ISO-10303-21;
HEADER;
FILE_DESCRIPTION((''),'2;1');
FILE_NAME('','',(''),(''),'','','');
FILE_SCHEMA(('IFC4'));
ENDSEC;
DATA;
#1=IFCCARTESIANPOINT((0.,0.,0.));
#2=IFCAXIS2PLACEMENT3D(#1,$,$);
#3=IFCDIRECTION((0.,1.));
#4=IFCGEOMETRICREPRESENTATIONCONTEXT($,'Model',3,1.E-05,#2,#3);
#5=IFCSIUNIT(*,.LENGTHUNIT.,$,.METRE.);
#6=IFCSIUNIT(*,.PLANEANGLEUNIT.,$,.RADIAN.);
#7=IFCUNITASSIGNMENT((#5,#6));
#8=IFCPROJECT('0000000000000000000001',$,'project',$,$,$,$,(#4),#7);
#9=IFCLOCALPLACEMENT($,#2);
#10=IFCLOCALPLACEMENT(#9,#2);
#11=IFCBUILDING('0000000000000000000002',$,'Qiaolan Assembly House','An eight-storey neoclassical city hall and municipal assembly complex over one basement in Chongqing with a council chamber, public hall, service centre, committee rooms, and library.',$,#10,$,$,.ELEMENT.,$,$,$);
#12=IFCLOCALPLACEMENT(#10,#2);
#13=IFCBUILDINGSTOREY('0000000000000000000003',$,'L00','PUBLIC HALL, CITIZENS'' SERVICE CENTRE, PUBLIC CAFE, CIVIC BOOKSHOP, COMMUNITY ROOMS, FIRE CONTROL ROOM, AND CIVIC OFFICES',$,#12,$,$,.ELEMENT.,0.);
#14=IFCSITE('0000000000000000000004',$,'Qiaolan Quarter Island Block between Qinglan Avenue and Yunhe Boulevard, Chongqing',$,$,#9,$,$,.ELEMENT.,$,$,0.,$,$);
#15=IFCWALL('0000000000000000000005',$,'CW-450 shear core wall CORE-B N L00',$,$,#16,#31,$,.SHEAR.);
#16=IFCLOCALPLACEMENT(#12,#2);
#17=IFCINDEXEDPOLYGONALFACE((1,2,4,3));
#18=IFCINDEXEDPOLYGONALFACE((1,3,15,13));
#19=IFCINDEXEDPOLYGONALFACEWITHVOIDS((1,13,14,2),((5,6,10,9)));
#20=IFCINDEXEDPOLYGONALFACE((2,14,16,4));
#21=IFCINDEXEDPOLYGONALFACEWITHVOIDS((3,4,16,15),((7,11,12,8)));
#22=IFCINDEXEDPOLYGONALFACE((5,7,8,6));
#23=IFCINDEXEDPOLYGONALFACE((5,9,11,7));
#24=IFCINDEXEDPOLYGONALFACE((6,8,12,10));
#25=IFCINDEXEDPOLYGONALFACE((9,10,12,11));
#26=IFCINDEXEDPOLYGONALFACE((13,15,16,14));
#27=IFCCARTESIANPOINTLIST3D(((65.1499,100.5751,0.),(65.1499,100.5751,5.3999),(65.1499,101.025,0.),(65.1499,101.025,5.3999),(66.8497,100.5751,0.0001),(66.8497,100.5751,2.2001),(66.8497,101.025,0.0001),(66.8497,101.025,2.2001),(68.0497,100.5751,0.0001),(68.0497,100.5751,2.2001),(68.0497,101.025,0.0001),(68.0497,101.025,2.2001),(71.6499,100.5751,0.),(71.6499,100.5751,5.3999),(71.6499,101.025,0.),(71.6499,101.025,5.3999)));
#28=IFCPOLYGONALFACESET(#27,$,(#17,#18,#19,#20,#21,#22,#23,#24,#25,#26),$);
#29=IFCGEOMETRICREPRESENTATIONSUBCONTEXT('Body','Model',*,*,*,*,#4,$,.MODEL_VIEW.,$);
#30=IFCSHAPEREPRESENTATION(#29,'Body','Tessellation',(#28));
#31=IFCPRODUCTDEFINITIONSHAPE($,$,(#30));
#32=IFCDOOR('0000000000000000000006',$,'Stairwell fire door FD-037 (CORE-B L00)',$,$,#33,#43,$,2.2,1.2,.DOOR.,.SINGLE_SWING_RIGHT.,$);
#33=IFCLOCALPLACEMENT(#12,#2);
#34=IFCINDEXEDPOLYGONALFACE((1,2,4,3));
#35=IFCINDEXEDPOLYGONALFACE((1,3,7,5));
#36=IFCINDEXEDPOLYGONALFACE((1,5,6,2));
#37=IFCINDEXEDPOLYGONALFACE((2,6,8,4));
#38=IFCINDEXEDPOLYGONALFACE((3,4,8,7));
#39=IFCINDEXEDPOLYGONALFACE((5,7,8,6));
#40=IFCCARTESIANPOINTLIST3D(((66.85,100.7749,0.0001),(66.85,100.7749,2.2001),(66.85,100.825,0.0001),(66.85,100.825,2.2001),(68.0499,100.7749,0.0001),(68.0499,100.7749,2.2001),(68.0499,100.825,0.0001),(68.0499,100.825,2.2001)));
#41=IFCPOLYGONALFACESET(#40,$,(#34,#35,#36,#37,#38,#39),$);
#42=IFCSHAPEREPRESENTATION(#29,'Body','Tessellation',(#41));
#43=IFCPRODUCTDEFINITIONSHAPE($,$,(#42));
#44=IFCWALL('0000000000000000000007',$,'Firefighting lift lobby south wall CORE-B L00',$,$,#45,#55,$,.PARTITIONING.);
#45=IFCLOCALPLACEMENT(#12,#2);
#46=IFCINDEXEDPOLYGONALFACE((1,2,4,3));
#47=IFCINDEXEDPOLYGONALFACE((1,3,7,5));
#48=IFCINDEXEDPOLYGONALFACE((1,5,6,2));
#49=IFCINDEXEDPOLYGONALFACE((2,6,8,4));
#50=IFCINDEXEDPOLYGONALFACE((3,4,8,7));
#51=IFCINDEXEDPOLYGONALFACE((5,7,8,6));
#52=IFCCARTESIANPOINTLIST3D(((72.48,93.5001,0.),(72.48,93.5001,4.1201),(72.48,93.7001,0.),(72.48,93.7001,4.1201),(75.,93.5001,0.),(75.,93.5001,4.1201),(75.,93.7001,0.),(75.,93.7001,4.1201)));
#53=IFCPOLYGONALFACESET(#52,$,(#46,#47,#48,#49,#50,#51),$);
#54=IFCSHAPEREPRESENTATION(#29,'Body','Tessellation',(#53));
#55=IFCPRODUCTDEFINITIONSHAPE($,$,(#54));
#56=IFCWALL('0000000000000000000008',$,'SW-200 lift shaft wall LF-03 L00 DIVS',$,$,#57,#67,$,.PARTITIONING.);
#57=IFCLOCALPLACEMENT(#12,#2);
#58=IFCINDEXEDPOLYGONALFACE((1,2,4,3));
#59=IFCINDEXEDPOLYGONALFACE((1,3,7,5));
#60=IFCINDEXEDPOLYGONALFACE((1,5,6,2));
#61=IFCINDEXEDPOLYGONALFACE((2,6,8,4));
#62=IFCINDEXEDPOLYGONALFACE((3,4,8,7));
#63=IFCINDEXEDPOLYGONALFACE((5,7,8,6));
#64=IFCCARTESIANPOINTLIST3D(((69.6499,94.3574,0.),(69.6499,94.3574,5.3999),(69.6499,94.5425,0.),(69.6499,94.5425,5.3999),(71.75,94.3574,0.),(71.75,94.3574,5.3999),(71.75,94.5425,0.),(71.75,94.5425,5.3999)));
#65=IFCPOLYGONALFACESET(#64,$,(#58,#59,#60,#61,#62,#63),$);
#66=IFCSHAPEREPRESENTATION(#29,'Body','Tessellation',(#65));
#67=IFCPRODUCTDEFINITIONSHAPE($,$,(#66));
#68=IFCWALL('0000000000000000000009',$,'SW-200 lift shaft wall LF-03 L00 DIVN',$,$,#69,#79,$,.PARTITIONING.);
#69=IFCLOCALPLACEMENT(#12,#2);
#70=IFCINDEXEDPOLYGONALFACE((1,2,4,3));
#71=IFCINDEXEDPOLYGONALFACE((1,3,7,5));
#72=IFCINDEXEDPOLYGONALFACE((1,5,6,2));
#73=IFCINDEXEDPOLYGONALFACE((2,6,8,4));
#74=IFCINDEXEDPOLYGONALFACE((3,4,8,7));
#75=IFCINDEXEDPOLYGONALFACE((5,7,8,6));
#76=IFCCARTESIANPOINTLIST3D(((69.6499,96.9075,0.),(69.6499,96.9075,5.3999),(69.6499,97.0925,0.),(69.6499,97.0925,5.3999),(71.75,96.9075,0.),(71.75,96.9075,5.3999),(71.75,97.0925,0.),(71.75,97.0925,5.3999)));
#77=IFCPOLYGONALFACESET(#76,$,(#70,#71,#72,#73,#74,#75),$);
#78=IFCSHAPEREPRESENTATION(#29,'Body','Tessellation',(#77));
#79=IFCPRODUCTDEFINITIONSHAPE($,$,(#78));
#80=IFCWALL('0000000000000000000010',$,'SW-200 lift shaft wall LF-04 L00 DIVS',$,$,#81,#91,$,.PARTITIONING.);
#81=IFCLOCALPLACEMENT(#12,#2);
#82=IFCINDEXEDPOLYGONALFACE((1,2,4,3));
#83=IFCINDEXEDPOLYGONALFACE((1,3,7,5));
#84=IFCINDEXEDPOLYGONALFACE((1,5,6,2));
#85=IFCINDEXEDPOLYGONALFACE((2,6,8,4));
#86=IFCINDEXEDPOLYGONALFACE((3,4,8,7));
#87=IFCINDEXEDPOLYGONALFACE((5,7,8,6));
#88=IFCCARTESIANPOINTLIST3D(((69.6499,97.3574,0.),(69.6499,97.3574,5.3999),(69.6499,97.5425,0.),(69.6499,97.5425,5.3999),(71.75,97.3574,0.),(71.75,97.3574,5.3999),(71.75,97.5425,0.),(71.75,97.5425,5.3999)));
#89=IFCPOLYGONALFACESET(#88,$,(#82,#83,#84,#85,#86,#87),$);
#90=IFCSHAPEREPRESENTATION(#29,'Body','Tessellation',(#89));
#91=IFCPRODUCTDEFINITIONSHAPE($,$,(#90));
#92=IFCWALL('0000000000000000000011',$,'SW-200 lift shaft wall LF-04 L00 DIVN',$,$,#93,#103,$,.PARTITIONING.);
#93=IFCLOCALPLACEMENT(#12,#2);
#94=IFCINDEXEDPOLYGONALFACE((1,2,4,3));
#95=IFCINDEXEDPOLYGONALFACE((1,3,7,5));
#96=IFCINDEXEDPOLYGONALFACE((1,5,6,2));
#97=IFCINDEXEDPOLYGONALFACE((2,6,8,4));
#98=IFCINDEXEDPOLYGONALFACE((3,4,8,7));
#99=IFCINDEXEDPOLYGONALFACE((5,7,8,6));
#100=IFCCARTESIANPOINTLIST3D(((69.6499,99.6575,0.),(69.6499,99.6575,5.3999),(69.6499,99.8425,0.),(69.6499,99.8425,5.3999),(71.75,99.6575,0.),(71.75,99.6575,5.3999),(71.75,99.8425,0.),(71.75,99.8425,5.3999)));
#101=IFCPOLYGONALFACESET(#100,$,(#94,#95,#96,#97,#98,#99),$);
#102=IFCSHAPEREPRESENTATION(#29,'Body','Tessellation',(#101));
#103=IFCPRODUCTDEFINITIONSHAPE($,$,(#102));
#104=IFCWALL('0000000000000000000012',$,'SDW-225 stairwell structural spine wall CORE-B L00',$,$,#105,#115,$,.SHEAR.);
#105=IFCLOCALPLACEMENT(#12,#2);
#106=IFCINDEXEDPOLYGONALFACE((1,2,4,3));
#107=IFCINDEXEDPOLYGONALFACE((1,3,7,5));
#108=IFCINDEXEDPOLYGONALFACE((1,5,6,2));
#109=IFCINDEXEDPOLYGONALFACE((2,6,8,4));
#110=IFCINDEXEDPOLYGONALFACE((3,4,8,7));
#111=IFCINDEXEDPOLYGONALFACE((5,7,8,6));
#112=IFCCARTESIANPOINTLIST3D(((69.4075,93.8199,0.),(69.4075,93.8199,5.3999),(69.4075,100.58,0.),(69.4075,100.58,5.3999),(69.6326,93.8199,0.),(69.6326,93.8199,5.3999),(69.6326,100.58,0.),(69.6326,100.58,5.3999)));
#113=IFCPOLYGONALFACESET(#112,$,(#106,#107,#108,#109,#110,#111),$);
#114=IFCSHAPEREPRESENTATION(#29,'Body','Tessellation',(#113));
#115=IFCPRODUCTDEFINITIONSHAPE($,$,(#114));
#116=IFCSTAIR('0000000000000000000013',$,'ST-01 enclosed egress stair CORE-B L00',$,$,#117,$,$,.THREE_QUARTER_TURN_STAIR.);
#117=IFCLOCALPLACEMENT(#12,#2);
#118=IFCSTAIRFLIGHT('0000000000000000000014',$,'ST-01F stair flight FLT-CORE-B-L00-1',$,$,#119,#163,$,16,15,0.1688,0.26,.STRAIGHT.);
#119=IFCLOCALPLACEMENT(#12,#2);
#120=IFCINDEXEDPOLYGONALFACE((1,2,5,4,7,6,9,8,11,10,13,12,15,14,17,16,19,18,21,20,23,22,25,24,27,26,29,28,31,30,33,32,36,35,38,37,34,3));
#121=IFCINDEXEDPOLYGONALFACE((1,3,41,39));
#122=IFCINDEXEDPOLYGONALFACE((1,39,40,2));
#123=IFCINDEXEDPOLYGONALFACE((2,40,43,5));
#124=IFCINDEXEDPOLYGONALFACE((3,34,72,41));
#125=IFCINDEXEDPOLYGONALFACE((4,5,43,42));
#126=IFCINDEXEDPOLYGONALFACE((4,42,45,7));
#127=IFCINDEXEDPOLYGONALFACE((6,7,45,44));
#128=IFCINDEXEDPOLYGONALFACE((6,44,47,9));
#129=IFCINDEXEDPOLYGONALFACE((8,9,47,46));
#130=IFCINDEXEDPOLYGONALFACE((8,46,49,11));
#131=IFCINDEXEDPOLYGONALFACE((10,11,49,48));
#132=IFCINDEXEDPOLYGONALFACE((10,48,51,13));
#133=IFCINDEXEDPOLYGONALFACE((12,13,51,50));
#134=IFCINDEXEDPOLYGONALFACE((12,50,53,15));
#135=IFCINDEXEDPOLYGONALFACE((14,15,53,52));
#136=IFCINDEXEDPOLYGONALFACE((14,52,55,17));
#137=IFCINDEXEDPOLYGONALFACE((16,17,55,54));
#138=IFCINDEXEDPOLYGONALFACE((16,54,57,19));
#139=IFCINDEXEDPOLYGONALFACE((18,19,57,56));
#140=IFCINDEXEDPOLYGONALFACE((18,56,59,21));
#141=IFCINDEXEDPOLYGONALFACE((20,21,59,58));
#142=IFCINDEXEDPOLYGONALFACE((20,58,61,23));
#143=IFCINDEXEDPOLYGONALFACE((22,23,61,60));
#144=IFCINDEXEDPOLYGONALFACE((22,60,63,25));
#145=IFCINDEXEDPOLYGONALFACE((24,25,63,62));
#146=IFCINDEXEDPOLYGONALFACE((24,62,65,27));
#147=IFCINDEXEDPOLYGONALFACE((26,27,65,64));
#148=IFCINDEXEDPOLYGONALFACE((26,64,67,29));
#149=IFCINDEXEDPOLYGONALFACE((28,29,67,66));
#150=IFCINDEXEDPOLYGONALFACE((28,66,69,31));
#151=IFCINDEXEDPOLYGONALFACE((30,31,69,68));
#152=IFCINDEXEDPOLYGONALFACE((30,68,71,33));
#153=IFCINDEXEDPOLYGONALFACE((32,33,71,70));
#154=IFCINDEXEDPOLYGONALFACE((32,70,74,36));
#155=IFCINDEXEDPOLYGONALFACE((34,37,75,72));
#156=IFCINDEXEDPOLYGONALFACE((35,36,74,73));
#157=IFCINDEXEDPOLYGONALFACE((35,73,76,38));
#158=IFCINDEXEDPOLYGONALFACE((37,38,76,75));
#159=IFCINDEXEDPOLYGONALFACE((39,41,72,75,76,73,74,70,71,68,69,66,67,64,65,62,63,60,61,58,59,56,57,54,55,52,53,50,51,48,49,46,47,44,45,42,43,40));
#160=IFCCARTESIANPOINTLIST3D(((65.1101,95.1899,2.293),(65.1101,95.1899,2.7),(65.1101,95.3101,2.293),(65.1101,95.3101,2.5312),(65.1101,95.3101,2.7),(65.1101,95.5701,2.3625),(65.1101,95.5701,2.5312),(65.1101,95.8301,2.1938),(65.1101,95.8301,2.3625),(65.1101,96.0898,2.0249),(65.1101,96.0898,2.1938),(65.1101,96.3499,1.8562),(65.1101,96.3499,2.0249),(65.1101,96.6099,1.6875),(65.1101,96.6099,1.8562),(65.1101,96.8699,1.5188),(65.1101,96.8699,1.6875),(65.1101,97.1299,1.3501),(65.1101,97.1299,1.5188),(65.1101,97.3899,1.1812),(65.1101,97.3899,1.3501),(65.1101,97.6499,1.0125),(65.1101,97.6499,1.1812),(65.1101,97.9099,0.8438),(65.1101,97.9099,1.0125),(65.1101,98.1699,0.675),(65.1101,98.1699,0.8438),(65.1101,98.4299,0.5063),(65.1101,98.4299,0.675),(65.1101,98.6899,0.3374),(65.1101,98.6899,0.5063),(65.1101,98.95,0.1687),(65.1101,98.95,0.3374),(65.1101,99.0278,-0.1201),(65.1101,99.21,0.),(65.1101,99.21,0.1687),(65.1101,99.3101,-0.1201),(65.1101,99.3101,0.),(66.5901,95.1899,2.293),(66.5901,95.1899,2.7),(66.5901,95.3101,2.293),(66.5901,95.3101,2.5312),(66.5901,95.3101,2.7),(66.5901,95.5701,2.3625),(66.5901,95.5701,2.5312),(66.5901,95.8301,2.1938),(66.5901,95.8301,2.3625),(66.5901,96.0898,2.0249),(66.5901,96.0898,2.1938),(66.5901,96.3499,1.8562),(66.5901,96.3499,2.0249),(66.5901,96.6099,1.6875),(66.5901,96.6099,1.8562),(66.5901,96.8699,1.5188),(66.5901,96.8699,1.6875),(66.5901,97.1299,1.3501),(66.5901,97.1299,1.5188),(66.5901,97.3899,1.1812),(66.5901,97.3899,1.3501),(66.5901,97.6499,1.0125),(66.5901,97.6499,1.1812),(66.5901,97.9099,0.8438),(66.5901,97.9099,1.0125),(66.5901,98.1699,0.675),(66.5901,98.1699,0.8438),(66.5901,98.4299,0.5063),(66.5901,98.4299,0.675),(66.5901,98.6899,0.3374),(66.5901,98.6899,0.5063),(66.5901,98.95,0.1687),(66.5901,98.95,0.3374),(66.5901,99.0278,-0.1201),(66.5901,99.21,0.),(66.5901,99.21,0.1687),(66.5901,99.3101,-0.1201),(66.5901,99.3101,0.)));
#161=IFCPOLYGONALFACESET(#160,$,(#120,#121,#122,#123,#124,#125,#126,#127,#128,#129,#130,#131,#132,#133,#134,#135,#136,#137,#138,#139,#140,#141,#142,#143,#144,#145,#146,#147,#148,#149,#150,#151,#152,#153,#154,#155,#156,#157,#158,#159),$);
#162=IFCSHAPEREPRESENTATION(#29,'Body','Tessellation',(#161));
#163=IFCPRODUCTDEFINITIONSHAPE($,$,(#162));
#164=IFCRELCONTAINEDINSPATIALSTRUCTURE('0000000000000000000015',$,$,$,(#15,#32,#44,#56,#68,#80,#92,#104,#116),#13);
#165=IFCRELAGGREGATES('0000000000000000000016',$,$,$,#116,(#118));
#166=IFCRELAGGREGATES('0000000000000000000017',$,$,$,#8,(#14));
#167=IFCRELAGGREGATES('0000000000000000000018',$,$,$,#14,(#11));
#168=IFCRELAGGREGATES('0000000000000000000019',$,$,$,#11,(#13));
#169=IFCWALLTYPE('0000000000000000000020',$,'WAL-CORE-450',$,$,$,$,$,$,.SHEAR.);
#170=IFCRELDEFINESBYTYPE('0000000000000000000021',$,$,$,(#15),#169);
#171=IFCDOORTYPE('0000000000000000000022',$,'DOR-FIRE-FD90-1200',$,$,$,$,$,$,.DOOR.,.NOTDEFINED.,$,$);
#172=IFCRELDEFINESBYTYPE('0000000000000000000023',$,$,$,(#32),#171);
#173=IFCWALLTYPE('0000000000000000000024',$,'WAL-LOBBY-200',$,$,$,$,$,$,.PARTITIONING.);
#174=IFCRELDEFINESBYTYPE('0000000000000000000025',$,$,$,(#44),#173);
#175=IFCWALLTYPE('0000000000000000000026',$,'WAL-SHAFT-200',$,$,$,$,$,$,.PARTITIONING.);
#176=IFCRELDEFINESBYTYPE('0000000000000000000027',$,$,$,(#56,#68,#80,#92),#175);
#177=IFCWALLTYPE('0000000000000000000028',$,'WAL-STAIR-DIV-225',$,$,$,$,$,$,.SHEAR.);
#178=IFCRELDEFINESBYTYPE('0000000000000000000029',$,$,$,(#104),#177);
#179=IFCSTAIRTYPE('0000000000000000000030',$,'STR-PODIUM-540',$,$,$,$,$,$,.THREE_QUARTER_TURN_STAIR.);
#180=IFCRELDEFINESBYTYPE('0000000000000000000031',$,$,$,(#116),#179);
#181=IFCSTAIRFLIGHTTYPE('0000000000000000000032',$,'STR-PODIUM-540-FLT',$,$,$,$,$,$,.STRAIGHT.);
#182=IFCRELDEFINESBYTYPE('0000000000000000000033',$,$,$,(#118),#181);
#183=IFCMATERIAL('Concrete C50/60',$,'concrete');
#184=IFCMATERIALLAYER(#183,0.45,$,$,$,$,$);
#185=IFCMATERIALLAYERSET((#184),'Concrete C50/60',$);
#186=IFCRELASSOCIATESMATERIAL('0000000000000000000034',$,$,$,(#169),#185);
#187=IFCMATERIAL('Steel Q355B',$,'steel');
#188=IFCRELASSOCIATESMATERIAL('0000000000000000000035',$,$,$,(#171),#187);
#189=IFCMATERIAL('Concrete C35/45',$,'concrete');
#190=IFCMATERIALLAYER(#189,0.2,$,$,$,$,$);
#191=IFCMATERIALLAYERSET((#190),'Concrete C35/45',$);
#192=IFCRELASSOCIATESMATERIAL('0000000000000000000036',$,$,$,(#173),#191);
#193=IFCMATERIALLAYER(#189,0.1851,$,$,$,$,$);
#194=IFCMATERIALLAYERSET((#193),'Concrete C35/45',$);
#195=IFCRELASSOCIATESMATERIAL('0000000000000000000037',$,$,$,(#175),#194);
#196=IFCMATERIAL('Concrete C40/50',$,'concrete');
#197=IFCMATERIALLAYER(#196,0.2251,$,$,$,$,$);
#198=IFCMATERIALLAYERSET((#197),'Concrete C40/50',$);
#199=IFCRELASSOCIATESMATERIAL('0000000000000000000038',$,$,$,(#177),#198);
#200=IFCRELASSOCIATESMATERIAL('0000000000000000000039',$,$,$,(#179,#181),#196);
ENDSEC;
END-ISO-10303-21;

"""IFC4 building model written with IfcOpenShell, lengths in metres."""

from ifc_helpers import new_model, si_unit, direction, frame, frame_2d, origin, place, context, subcontext, project, spatial, polyline, rectangle, outline, extrude, material, layer, layer_set, type_object, element, fill, aggregate, save


model = new_model("IFC4")

# Units and contexts
model_context = context("Model", 3, precision=1e-05, world=origin(), true_north=direction((0.0, 1.0)))
body_context = subcontext(model_context, "Body", "Model", "MODEL_VIEW")
ifc_project = project(units=[si_unit("LENGTHUNIT", "METRE"), si_unit("PLANEANGLEUNIT", "RADIAN")], contexts=[model_context])

# Site, building, storey
site_placement = place(None, origin())
site = spatial("IfcSite", under=ifc_project, at=site_placement, Name="Qiaolan Quarter Island Block between Qinglan Avenue and Yunhe Boulevard, Chongqing", CompositionType="ELEMENT", RefElevation=0.0)
building_placement = place(site_placement, origin())
building = spatial("IfcBuilding", under=site, at=building_placement, Name="Qiaolan Assembly House", Description="An eight-storey neoclassical city hall and municipal assembly complex over one basement in Chongqing with a council chamber, public hall, service centre, committee rooms, and library.", CompositionType="ELEMENT")
storey_placement = place(building_placement, origin())
storey = spatial("IfcBuildingStorey", under=building, at=storey_placement, Name="L00", Description="PUBLIC HALL, CITIZENS' SERVICE CENTRE, PUBLIC CAFE, CIVIC BOOKSHOP, COMMUNITY ROOMS, FIRE CONTROL ROOM, AND CIVIC OFFICES", CompositionType="ELEMENT", Elevation=0.0)

# Shared definitions
ifc_material_1 = material(Name="Concrete C50/60", Category="concrete")

# Shared definitions
ifc_material_2 = material(Name="Concrete C40/50", Category="concrete")

# Shared definitions
ifc_layer_1 = layer(ifc_material_1, 0.45)
ifc_layer_set_1 = layer_set([ifc_layer_1], Name="Concrete C50/60")
wall_type_1 = type_object("IfcWallType", Name="WAL-CORE-450", PredefinedType="SHEAR", material=ifc_layer_set_1)

# Wall, opening, door
wall_1_placement = place(storey_placement, frame((71.6499, 100.8, 0.0), z_axis=(0.0, 0.0, 1.0), x_axis=(-1.0, 0.0, 0.0)))
wall_1 = element("IfcWall", 1, at=wall_1_placement, inside=storey, type_object=wall_type_1, Name="CW-450 shear core wall CORE-B N L00", PredefinedType="SHEAR", context=body_context, shape_type="SweptSolid", body=[
    extrude(rectangle(XDim=6.5, YDim=0.45, at=frame_2d((3.25, 0.0))), origin(), (0.0, 0.0, 1.0), 5.3999),
])
opening_1_placement = place(wall_1_placement, frame((3.6001, 0.0, 0.0)))
opening_1 = element("IfcOpeningElement", 2, at=opening_1_placement, cuts=wall_1, PredefinedType="OPENING", context=body_context, shape_type="SweptSolid", body=[
    extrude(rectangle(XDim=1.2, YDim=2.2, at=frame_2d((0.6001, 1.1001))), frame((0.0, 0.2349, 0.0), z_axis=(0.0, -1.0, 0.0), x_axis=(1.0, 0.0, 0.0)), (0.0, 0.0, 1.0), 0.47),
])
ifc_material_3 = material(Name="Steel Q355B", Category="steel")
door_type_1 = type_object("IfcDoorType", Name="DOR-FIRE-FD90-1200", OperationType="NOTDEFINED", PredefinedType="DOOR", material=ifc_material_3)
door_1_placement = place(opening_1_placement, frame((1.2, 0.0, 0.0), z_axis=(0.0, 0.0, 1.0), x_axis=(-1.0, 0.0, 0.0)))
door_1 = element("IfcDoor", 3, at=door_1_placement, inside=storey, type_object=door_type_1, Name="Stairwell fire door FD-037 (CORE-B L00)", OperationType="SINGLE_SWING_RIGHT", OverallHeight=2.2, OverallWidth=1.2, PredefinedType="DOOR", context=body_context, shape_type="SweptSolid", body=[
    extrude(rectangle(XDim=1.2, YDim=2.2, at=frame_2d((0.6001, 1.1001))), frame((0.0, 0.0249, 0.0), z_axis=(0.0, -1.0, 0.0), x_axis=(1.0, 0.0, 0.0)), (0.0, 0.0, 1.0), 0.05),
])
fill(opening_1, door_1)

# Walls
ifc_material_4 = material(Name="Concrete C35/45", Category="concrete")
ifc_layer_2 = layer(ifc_material_4, 0.2)
ifc_layer_set_2 = layer_set([ifc_layer_2], Name="Concrete C35/45")
wall_type_2 = type_object("IfcWallType", Name="WAL-LOBBY-200", PredefinedType="PARTITIONING", material=ifc_layer_set_2)
wall_2_placement = place(storey_placement, frame((72.48, 93.6001, 0.0), z_axis=(0.0, 0.0, 1.0), x_axis=(1.0, 0.0, 0.0)))
element("IfcWall", 4, at=wall_2_placement, inside=storey, type_object=wall_type_2, Name="Firefighting lift lobby south wall CORE-B L00", PredefinedType="PARTITIONING", context=body_context, shape_type="SweptSolid", body=[
    extrude(rectangle(XDim=2.52, YDim=0.2, at=frame_2d((1.26, 0.0))), origin(), (0.0, 0.0, 1.0), 4.1201),
])
ifc_layer_3 = layer(ifc_material_4, 0.1851)
ifc_layer_set_3 = layer_set([ifc_layer_3], Name="Concrete C35/45")
wall_type_3 = type_object("IfcWallType", Name="WAL-SHAFT-200", PredefinedType="PARTITIONING", material=ifc_layer_set_3)
for number, where, z_axis, x_axis, name in (
    (5, (69.6499, 94.45, 0.0), (0.0, 0.0, 1.0), (1.0, 0.0, 0.0), "SW-200 lift shaft wall LF-03 L00 DIVS"),
    (6, (69.6499, 97.0, 0.0), (0.0, 0.0, 1.0), (1.0, 0.0, 0.0), "SW-200 lift shaft wall LF-03 L00 DIVN"),
    (7, (69.6499, 97.45, 0.0), (0.0, 0.0, 1.0), (1.0, 0.0, 0.0), "SW-200 lift shaft wall LF-04 L00 DIVS"),
    (8, (69.6499, 99.75, 0.0), (0.0, 0.0, 1.0), (1.0, 0.0, 0.0), "SW-200 lift shaft wall LF-04 L00 DIVN"),
):
    element("IfcWall", number, at=place(storey_placement, frame(where, z_axis=z_axis, x_axis=x_axis)), inside=storey, type_object=wall_type_3, Name=name, PredefinedType="PARTITIONING", context=body_context, shape_type="SweptSolid", body=[
        extrude(rectangle(XDim=2.1001, YDim=0.1851, at=frame_2d((1.05, 0.0))), origin(), (0.0, 0.0, 1.0), 5.3999),
    ])
ifc_layer_4 = layer(ifc_material_2, 0.2251)
ifc_layer_set_4 = layer_set([ifc_layer_4], Name="Concrete C40/50")
wall_type_4 = type_object("IfcWallType", Name="WAL-STAIR-DIV-225", PredefinedType="SHEAR", material=ifc_layer_set_4)
wall_3_placement = place(storey_placement, frame((69.52, 93.8201, 0.0), z_axis=(0.0, 0.0, 1.0), x_axis=(0.0, 1.0, 0.0)))
element("IfcWall", 9, at=wall_3_placement, inside=storey, type_object=wall_type_4, Name="SDW-225 stairwell structural spine wall CORE-B L00", PredefinedType="SHEAR", context=body_context, shape_type="SweptSolid", body=[
    extrude(rectangle(XDim=6.76, YDim=0.2251, at=frame_2d((3.3799, 0.0))), origin(), (0.0, 0.0, 1.0), 5.3999),
])

# Stair, stair flight
stair_type = type_object("IfcStairType", Name="STR-PODIUM-540", PredefinedType="THREE_QUARTER_TURN_STAIR", material=ifc_material_2)
stair_placement = place(storey_placement, origin())
stair = element("IfcStair", 10, at=stair_placement, inside=storey, type_object=stair_type, Name="ST-01 enclosed egress stair CORE-B L00", PredefinedType="THREE_QUARTER_TURN_STAIR")
stair_flight_type = type_object("IfcStairFlightType", Name="STR-PODIUM-540-FLT", PredefinedType="STRAIGHT", material=ifc_material_2)
stair_flight_1_placement = place(storey_placement, frame((65.8501, 99.21, 0.0), z_axis=(0.0, 0.0, 1.0), x_axis=(0.0, -1.0, 0.0)))
stair_flight_1 = element("IfcStairFlight", 11, at=stair_flight_1_placement, type_object=stair_flight_type, Name="ST-01F stair flight FLT-CORE-B-L00-1", NumberOfRisers=16, NumberOfTreads=15, PredefinedType="STRAIGHT", RiserHeight=0.1688, TreadLength=0.26, context=body_context, shape_type="SweptSolid", body=[
    extrude(outline(polyline([(-0.1001, -0.1201), (-0.1001, 0.0), (0.0, 0.0), (0.0, 0.1687), (0.26, 0.1687), (0.26, 0.3374), (0.52, 0.3374), (0.52, 0.5063), (0.78, 0.5063), (0.78, 0.675), (1.04, 0.675), (1.04, 0.8438), (1.3, 0.8438), (1.3, 1.0125), (1.5601, 1.0125), (1.5601, 1.1812), (1.8201, 1.1812), (1.8201, 1.3501), (2.0801, 1.3501), (2.0801, 1.5188), (2.3401, 1.5188), (2.3401, 1.6875), (2.6001, 1.6875), (2.6001, 1.8562), (2.8601, 1.8562), (2.8601, 2.0249), (3.1201, 2.0249), (3.1201, 2.1938), (3.3799, 2.1938), (3.3799, 2.3625), (3.6399, 2.3625), (3.6399, 2.5312), (3.8999, 2.5312), (3.8999, 2.7), (4.02, 2.7), (4.02, 2.293), (3.8999, 2.293), (0.1821, -0.1201), (-0.1001, -0.1201)])), frame((0.0, 0.74, 0.0), z_axis=(0.0, -1.0, 0.0), x_axis=(1.0, 0.0, 0.0)), (0.0, 0.0, 1.0), 1.48),
])
aggregate(stair, [stair_flight_1])

save(model, "model.ifc")
